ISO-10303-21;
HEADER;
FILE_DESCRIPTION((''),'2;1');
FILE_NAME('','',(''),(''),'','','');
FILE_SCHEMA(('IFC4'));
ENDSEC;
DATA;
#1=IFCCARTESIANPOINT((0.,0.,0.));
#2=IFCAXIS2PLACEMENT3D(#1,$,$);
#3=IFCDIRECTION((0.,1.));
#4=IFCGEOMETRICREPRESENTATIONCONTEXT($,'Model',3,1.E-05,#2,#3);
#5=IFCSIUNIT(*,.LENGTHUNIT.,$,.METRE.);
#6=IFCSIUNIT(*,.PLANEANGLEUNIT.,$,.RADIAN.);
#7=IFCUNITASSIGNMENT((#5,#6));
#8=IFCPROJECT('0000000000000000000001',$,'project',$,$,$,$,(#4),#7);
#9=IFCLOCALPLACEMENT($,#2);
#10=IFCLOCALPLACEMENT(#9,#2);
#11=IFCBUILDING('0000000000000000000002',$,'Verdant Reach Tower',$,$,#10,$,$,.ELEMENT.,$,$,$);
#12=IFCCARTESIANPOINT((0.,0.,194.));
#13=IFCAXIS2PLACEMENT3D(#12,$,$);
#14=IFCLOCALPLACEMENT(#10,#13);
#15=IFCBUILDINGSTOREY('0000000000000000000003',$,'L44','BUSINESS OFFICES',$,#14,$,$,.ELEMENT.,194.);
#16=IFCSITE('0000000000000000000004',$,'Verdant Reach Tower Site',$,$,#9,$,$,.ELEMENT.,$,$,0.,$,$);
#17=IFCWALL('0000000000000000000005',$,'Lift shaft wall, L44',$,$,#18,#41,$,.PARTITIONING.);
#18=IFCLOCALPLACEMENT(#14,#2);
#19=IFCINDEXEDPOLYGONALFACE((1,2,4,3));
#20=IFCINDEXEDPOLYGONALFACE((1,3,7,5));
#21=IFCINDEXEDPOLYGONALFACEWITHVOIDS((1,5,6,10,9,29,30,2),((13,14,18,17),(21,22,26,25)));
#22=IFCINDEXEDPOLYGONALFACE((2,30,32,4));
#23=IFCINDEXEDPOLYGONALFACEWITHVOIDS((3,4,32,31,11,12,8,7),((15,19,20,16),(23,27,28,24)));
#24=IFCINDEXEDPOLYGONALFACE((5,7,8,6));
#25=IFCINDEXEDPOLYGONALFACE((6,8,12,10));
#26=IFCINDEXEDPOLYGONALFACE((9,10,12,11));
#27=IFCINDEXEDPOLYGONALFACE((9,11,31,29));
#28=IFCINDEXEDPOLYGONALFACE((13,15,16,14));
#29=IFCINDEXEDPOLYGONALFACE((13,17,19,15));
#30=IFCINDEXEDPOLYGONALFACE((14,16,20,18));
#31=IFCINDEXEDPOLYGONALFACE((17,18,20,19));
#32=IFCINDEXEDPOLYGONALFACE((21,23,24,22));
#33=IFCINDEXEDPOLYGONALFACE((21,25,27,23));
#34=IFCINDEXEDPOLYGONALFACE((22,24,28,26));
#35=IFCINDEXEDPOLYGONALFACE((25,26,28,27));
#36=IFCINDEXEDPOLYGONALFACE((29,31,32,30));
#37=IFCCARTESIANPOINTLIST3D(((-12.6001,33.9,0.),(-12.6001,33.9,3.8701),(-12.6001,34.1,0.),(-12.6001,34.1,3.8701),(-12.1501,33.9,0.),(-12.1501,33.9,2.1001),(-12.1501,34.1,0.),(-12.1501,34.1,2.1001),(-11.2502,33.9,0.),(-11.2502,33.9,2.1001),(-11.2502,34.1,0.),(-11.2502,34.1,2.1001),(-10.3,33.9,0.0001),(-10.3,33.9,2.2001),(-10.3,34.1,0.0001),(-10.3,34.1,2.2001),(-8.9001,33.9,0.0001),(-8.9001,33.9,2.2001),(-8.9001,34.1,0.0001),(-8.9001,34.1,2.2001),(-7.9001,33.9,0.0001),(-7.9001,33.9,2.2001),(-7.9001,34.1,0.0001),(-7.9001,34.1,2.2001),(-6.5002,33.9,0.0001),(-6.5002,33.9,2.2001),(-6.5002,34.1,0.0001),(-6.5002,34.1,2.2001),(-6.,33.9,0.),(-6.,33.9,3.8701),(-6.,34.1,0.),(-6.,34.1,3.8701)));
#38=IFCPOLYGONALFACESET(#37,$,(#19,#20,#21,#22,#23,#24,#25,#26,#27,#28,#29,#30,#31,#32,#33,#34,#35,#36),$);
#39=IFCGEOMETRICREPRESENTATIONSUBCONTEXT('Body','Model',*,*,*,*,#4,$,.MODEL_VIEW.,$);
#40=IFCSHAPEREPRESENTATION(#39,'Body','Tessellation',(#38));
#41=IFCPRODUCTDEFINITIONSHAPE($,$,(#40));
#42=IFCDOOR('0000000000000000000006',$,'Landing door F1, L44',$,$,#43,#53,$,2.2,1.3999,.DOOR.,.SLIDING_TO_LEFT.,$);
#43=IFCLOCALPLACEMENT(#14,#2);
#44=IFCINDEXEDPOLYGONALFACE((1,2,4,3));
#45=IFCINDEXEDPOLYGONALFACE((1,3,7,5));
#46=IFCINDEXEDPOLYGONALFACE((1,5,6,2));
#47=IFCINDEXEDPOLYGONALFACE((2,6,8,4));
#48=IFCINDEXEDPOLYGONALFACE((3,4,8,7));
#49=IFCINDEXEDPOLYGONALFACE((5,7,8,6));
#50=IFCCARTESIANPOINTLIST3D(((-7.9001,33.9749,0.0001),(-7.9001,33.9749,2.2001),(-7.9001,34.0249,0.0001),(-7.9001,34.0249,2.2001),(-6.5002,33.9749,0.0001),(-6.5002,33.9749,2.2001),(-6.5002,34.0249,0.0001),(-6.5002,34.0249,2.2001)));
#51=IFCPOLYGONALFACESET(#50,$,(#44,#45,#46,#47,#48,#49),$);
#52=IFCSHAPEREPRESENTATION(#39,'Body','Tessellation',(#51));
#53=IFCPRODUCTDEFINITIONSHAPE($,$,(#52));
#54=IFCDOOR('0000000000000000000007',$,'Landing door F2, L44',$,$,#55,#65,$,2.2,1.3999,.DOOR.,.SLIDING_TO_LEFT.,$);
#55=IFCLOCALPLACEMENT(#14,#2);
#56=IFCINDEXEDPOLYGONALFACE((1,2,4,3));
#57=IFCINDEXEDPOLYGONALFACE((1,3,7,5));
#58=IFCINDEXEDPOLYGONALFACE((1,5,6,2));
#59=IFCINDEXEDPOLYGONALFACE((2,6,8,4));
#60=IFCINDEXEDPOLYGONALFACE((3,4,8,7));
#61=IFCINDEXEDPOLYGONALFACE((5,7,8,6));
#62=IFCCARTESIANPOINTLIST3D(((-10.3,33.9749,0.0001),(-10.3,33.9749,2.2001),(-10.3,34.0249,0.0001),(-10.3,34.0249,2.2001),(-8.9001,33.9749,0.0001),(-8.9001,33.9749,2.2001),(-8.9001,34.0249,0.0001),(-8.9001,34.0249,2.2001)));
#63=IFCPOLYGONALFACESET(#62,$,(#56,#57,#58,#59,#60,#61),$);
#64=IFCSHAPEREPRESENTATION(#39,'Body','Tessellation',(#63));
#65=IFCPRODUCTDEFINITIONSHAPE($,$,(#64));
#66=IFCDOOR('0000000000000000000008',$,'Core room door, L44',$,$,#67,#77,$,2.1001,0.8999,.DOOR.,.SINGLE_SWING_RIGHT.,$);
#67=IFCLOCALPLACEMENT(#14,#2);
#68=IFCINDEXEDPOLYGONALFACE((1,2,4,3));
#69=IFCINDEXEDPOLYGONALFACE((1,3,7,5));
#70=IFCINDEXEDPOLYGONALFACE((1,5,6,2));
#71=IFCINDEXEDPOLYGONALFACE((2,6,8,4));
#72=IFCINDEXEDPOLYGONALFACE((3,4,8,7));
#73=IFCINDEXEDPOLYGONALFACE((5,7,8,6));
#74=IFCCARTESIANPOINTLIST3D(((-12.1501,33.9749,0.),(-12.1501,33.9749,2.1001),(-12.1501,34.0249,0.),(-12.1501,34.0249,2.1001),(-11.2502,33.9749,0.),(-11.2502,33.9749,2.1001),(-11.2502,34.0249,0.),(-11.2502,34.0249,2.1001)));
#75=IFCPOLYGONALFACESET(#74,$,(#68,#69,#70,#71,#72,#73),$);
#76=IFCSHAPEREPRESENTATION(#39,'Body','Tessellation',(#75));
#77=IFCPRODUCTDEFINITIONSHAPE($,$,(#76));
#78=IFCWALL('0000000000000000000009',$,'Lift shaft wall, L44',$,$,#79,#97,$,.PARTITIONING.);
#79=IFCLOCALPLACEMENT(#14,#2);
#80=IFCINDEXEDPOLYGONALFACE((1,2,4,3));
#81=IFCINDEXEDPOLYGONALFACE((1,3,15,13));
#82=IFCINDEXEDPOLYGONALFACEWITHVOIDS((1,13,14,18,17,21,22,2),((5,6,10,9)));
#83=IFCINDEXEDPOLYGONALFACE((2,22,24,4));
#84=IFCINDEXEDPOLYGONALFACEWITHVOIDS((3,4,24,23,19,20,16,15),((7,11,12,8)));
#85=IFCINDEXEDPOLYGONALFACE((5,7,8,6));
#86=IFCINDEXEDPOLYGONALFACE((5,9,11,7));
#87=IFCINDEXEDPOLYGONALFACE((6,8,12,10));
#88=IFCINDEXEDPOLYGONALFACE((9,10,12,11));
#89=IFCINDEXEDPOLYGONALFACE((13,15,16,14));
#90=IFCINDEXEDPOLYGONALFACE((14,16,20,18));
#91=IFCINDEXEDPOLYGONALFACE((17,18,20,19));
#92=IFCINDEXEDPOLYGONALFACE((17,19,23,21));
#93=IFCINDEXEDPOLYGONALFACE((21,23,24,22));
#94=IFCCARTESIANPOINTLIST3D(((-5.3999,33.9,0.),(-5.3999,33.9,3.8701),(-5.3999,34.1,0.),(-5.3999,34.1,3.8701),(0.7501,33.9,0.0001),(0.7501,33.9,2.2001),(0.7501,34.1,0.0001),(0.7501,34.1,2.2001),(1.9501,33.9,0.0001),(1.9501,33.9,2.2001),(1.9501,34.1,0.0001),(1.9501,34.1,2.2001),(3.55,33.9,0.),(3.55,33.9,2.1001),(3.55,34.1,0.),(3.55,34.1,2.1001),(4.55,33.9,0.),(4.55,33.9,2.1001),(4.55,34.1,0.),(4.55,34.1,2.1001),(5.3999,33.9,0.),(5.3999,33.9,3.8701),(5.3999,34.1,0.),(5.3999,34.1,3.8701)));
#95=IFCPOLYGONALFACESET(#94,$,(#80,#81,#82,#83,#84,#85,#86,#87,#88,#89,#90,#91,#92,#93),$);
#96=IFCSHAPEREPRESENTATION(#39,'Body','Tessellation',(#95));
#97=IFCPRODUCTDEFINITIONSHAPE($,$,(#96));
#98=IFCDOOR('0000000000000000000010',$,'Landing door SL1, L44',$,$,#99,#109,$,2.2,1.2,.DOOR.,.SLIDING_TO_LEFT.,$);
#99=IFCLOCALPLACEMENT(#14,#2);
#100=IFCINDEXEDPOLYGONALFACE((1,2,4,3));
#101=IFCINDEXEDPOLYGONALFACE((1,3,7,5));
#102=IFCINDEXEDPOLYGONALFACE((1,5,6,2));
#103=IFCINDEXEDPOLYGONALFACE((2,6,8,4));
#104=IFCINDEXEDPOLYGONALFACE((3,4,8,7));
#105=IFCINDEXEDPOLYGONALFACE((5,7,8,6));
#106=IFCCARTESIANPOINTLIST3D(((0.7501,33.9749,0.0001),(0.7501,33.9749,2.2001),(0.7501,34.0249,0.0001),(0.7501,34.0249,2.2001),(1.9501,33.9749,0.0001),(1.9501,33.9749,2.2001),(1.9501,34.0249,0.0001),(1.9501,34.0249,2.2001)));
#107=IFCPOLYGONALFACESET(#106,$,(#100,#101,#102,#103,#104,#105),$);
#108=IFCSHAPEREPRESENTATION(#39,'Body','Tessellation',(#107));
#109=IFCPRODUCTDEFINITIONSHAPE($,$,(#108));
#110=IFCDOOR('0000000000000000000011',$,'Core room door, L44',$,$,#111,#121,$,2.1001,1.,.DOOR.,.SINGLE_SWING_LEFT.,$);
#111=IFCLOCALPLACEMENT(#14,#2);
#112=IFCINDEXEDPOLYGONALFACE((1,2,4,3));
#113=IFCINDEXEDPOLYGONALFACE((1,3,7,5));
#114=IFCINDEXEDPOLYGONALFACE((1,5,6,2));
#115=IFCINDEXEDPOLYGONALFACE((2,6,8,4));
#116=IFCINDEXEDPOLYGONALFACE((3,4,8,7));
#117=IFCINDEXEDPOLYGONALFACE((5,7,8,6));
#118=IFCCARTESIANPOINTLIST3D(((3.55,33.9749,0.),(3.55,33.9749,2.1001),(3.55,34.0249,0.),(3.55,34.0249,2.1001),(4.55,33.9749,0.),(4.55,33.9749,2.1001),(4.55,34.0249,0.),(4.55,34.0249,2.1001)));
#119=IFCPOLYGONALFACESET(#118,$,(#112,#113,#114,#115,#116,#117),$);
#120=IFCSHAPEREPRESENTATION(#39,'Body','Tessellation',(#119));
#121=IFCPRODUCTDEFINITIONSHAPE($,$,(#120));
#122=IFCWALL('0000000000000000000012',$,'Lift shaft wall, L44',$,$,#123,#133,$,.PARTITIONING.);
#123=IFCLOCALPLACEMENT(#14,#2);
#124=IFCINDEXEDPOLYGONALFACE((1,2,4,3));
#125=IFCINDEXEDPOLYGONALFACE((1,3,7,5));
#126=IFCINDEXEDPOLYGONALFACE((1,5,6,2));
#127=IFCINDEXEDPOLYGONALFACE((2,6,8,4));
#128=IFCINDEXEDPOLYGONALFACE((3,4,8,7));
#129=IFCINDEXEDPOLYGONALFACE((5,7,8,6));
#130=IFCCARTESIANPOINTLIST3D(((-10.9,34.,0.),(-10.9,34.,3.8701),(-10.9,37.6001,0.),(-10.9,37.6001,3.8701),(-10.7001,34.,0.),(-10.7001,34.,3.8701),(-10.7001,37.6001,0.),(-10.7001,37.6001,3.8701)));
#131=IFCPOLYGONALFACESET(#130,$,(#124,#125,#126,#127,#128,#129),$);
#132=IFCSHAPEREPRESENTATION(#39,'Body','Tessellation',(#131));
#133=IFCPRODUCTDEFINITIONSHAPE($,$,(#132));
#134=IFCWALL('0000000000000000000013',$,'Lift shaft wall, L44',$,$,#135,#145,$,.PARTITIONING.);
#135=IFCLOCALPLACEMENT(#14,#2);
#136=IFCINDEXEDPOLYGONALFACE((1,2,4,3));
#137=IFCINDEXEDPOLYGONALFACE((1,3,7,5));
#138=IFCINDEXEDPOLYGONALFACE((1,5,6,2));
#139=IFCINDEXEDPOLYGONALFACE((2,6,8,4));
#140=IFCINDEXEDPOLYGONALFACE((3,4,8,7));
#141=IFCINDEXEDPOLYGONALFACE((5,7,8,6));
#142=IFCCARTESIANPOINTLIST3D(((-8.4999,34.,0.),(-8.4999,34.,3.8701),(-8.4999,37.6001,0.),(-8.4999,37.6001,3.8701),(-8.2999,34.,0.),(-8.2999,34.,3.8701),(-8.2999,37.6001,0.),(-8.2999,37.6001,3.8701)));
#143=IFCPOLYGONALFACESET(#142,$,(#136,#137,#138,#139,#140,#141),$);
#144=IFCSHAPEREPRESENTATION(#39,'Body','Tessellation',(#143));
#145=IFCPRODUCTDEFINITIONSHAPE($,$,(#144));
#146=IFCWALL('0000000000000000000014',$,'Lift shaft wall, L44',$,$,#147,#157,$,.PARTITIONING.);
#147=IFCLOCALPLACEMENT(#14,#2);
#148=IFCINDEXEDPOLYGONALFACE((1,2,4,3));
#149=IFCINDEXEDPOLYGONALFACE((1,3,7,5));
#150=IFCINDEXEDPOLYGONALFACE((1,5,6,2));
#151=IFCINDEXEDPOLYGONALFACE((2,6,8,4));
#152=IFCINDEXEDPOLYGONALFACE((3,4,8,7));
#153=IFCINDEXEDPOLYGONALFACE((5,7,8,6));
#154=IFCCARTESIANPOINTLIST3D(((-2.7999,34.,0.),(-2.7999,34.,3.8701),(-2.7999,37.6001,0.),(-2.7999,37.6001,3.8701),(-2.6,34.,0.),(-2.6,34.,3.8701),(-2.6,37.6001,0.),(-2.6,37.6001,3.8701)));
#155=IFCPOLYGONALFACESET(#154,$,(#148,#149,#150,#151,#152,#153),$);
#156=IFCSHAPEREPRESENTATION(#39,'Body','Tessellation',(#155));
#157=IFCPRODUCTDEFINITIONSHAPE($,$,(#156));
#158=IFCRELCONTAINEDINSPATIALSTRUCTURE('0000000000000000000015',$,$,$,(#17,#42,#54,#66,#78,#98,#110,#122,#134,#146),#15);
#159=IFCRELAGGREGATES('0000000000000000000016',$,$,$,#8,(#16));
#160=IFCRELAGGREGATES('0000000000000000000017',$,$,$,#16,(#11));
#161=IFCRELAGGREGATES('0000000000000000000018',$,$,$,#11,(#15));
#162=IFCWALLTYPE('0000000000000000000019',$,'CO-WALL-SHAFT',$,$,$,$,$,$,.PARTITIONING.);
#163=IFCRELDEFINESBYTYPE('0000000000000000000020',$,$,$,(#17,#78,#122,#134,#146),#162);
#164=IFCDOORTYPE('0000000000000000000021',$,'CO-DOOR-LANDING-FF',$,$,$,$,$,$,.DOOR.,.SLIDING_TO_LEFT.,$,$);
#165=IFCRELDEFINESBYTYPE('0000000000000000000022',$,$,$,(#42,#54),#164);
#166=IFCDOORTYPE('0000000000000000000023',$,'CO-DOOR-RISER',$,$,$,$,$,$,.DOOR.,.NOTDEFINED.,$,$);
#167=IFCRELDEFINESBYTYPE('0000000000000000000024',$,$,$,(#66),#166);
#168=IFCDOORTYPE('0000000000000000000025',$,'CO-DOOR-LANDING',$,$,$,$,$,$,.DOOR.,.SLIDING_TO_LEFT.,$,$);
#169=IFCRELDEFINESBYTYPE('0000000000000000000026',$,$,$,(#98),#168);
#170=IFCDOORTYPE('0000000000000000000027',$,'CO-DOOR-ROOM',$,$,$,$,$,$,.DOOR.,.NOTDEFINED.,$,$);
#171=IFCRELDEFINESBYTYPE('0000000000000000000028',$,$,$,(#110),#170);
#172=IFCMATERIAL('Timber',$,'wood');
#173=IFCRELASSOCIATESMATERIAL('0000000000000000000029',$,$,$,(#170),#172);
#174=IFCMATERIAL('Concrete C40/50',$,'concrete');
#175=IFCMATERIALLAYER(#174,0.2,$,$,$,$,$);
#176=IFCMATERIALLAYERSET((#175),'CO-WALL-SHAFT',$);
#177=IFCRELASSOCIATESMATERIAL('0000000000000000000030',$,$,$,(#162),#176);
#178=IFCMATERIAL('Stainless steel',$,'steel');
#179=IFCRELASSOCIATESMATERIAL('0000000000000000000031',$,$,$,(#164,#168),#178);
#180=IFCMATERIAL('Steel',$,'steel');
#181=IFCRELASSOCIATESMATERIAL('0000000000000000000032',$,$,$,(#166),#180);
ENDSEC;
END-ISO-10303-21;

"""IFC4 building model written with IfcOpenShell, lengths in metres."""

from ifc_helpers import new_model, si_unit, direction, frame, frame_2d, origin, place, context, subcontext, project, spatial, rectangle, extrude, material, layer, layer_set, type_object, element, fill, save


model = new_model("IFC4")

# Units and contexts
model_context = context("Model", 3, precision=1e-05, world=origin(), true_north=direction((0.0, 1.0)))
body_context = subcontext(model_context, "Body", "Model", "MODEL_VIEW")
ifc_project = project(units=[si_unit("LENGTHUNIT", "METRE"), si_unit("PLANEANGLEUNIT", "RADIAN")], contexts=[model_context])

# Site, building, storey
site_placement = place(None, origin())
site = spatial("IfcSite", under=ifc_project, at=site_placement, Name="Verdant Reach Tower Site", CompositionType="ELEMENT", RefElevation=0.0)
building_placement = place(site_placement, origin())
building = spatial("IfcBuilding", under=site, at=building_placement, Name="Verdant Reach Tower", CompositionType="ELEMENT")
storey_placement = place(building_placement, frame((0.0, 0.0, 194.0)))
storey = spatial("IfcBuildingStorey", under=building, at=storey_placement, Name="L44", Description="BUSINESS OFFICES", CompositionType="ELEMENT", Elevation=194.0)

# Walls, openings, doors
ifc_material_1 = material(Name="Timber", Category="wood")
door_type_1 = type_object("IfcDoorType", Name="CO-DOOR-ROOM", OperationType="NOTDEFINED", PredefinedType="DOOR", material=ifc_material_1)
ifc_material_2 = material(Name="Concrete C40/50", Category="concrete")
ifc_layer_1 = layer(ifc_material_2, 0.2)
ifc_layer_set_1 = layer_set([ifc_layer_1], Name="CO-WALL-SHAFT")
wall_type_1 = type_object("IfcWallType", Name="CO-WALL-SHAFT", PredefinedType="PARTITIONING", material=ifc_layer_set_1)
wall_1_placement = place(storey_placement, frame((-12.6001, 34.0, 0.0), z_axis=(0.0, 0.0, 1.0), x_axis=(1.0, 0.0, 0.0)))
wall_1 = element("IfcWall", 1, at=wall_1_placement, inside=storey, type_object=wall_type_1, Name="Lift shaft wall, L44", PredefinedType="PARTITIONING", context=body_context, shape_type="SweptSolid", body=[
    extrude(rectangle(XDim=6.6001, YDim=0.2, at=frame_2d((3.3, 0.0))), origin(), (0.0, 0.0, 1.0), 3.8701),
])
opening_1_placement = place(wall_1_placement, frame((4.7, 0.0, 0.0)))
opening_1 = element("IfcOpeningElement", 2, at=opening_1_placement, cuts=wall_1, PredefinedType="OPENING", context=body_context, shape_type="SweptSolid", body=[
    extrude(rectangle(XDim=1.3999, YDim=2.2, at=frame_2d((0.7, 1.1001))), frame((0.0, 0.1099, 0.0), z_axis=(0.0, -1.0, 0.0), x_axis=(1.0, 0.0, 0.0)), (0.0, 0.0, 1.0), 0.22),
])
opening_2_placement = place(wall_1_placement, frame((2.3, 0.0, 0.0)))
opening_2 = element("IfcOpeningElement", 3, at=opening_2_placement, cuts=wall_1, PredefinedType="OPENING", context=body_context, shape_type="SweptSolid", body=[
    extrude(rectangle(XDim=1.3999, YDim=2.2, at=frame_2d((0.7, 1.1001))), frame((0.0, 0.1099, 0.0), z_axis=(0.0, -1.0, 0.0), x_axis=(1.0, 0.0, 0.0)), (0.0, 0.0, 1.0), 0.22),
])
opening_3_placement = place(wall_1_placement, frame((0.45, 0.0, 0.0)))
opening_3 = element("IfcOpeningElement", 4, at=opening_3_placement, cuts=wall_1, PredefinedType="OPENING", context=body_context, shape_type="SweptSolid", body=[
    extrude(rectangle(XDim=0.8999, YDim=2.1001, at=frame_2d((0.45, 1.05))), frame((0.0, 0.1099, 0.0), z_axis=(0.0, -1.0, 0.0), x_axis=(1.0, 0.0, 0.0)), (0.0, 0.0, 1.0), 0.22),
])
ifc_material_3 = material(Name="Stainless steel", Category="steel")
door_type_2 = type_object("IfcDoorType", Name="CO-DOOR-LANDING-FF", OperationType="SLIDING_TO_LEFT", PredefinedType="DOOR", material=ifc_material_3)
door_1_placement = place(opening_1_placement, origin())
door_1 = element("IfcDoor", 5, at=door_1_placement, inside=storey, type_object=door_type_2, Name="Landing door F1, L44", OperationType="SLIDING_TO_LEFT", OverallHeight=2.2, OverallWidth=1.3999, PredefinedType="DOOR", context=body_context, shape_type="SweptSolid", body=[
    extrude(rectangle(XDim=1.3999, YDim=2.2, at=frame_2d((0.7, 1.1001))), frame((0.0, 0.0249, 0.0), z_axis=(0.0, -1.0, 0.0), x_axis=(1.0, 0.0, 0.0)), (0.0, 0.0, 1.0), 0.05),
])
fill(opening_1, door_1)
door_2_placement = place(opening_2_placement, origin())
door_2 = element("IfcDoor", 6, at=door_2_placement, inside=storey, type_object=door_type_2, Name="Landing door F2, L44", OperationType="SLIDING_TO_LEFT", OverallHeight=2.2, OverallWidth=1.3999, PredefinedType="DOOR", context=body_context, shape_type="SweptSolid", body=[
    extrude(rectangle(XDim=1.3999, YDim=2.2, at=frame_2d((0.7, 1.1001))), frame((0.0, 0.0249, 0.0), z_axis=(0.0, -1.0, 0.0), x_axis=(1.0, 0.0, 0.0)), (0.0, 0.0, 1.0), 0.05),
])
fill(opening_2, door_2)
ifc_material_4 = material(Name="Steel", Category="steel")
door_type_3 = type_object("IfcDoorType", Name="CO-DOOR-RISER", OperationType="NOTDEFINED", PredefinedType="DOOR", material=ifc_material_4)
door_3_placement = place(opening_3_placement, origin())
door_3 = element("IfcDoor", 7, at=door_3_placement, inside=storey, type_object=door_type_3, Name="Core room door, L44", OperationType="SINGLE_SWING_RIGHT", OverallHeight=2.1001, OverallWidth=0.8999, PredefinedType="DOOR", context=body_context, shape_type="SweptSolid", body=[
    extrude(rectangle(XDim=0.8999, YDim=2.1001, at=frame_2d((0.45, 1.05))), frame((0.0, 0.0249, 0.0), z_axis=(0.0, -1.0, 0.0), x_axis=(1.0, 0.0, 0.0)), (0.0, 0.0, 1.0), 0.05),
])
fill(opening_3, door_3)
wall_2_placement = place(storey_placement, frame((-5.3999, 34.0, 0.0), z_axis=(0.0, 0.0, 1.0), x_axis=(1.0, 0.0, 0.0)))
wall_2 = element("IfcWall", 8, at=wall_2_placement, inside=storey, type_object=wall_type_1, Name="Lift shaft wall, L44", PredefinedType="PARTITIONING", context=body_context, shape_type="SweptSolid", body=[
    extrude(rectangle(XDim=10.7998, YDim=0.2, at=frame_2d((5.3999, 0.0))), origin(), (0.0, 0.0, 1.0), 3.8701),
])
opening_4_placement = place(wall_2_placement, frame((6.1499, 0.0, 0.0)))
opening_4 = element("IfcOpeningElement", 9, at=opening_4_placement, cuts=wall_2, PredefinedType="OPENING", context=body_context, shape_type="SweptSolid", body=[
    extrude(rectangle(XDim=1.2, YDim=2.2, at=frame_2d((0.6001, 1.1001))), frame((0.0, 0.1099, 0.0), z_axis=(0.0, -1.0, 0.0), x_axis=(1.0, 0.0, 0.0)), (0.0, 0.0, 1.0), 0.22),
])
opening_5_placement = place(wall_2_placement, frame((8.95, 0.0, 0.0)))
opening_5 = element("IfcOpeningElement", 10, at=opening_5_placement, cuts=wall_2, PredefinedType="OPENING", context=body_context, shape_type="SweptSolid", body=[
    extrude(rectangle(XDim=1.0, YDim=2.1001, at=frame_2d((0.5, 1.05))), frame((0.0, 0.1099, 0.0), z_axis=(0.0, -1.0, 0.0), x_axis=(1.0, 0.0, 0.0)), (0.0, 0.0, 1.0), 0.22),
])
door_type_4 = type_object("IfcDoorType", Name="CO-DOOR-LANDING", OperationType="SLIDING_TO_LEFT", PredefinedType="DOOR", material=ifc_material_3)
door_4_placement = place(opening_4_placement, origin())
door_4 = element("IfcDoor", 11, at=door_4_placement, inside=storey, type_object=door_type_4, Name="Landing door SL1, L44", OperationType="SLIDING_TO_LEFT", OverallHeight=2.2, OverallWidth=1.2, PredefinedType="DOOR", context=body_context, shape_type="SweptSolid", body=[
    extrude(rectangle(XDim=1.2, YDim=2.2, at=frame_2d((0.6001, 1.1001))), frame((0.0, 0.0249, 0.0), z_axis=(0.0, -1.0, 0.0), x_axis=(1.0, 0.0, 0.0)), (0.0, 0.0, 1.0), 0.05),
])
fill(opening_4, door_4)
door_5_placement = place(opening_5_placement, origin())
door_5 = element("IfcDoor", 12, at=door_5_placement, inside=storey, type_object=door_type_1, Name="Core room door, L44", OperationType="SINGLE_SWING_LEFT", OverallHeight=2.1001, OverallWidth=1.0, PredefinedType="DOOR", context=body_context, shape_type="SweptSolid", body=[
    extrude(rectangle(XDim=1.0, YDim=2.1001, at=frame_2d((0.5, 1.05))), frame((0.0, 0.0249, 0.0), z_axis=(0.0, -1.0, 0.0), x_axis=(1.0, 0.0, 0.0)), (0.0, 0.0, 1.0), 0.05),
])
fill(opening_5, door_5)

# Walls
for number, where, z_axis, x_axis, name in (
    (13, (-10.8, 34.0, 0.0), (0.0, 0.0, 1.0), (0.0, 1.0, 0.0), "Lift shaft wall, L44"),
    (14, (-8.3999, 34.0, 0.0), (0.0, 0.0, 1.0), (0.0, 1.0, 0.0), "Lift shaft wall, L44"),
    (15, (-2.7, 34.0, 0.0), (0.0, 0.0, 1.0), (0.0, 1.0, 0.0), "Lift shaft wall, L44"),
):
    element("IfcWall", number, at=place(storey_placement, frame(where, z_axis=z_axis, x_axis=x_axis)), inside=storey, type_object=wall_type_1, Name=name, PredefinedType="PARTITIONING", context=body_context, shape_type="SweptSolid", body=[
        extrude(rectangle(XDim=3.6001, YDim=0.2, at=frame_2d((1.8, 0.0))), origin(), (0.0, 0.0, 1.0), 3.8701),
    ])

save(model, "model.ifc")
